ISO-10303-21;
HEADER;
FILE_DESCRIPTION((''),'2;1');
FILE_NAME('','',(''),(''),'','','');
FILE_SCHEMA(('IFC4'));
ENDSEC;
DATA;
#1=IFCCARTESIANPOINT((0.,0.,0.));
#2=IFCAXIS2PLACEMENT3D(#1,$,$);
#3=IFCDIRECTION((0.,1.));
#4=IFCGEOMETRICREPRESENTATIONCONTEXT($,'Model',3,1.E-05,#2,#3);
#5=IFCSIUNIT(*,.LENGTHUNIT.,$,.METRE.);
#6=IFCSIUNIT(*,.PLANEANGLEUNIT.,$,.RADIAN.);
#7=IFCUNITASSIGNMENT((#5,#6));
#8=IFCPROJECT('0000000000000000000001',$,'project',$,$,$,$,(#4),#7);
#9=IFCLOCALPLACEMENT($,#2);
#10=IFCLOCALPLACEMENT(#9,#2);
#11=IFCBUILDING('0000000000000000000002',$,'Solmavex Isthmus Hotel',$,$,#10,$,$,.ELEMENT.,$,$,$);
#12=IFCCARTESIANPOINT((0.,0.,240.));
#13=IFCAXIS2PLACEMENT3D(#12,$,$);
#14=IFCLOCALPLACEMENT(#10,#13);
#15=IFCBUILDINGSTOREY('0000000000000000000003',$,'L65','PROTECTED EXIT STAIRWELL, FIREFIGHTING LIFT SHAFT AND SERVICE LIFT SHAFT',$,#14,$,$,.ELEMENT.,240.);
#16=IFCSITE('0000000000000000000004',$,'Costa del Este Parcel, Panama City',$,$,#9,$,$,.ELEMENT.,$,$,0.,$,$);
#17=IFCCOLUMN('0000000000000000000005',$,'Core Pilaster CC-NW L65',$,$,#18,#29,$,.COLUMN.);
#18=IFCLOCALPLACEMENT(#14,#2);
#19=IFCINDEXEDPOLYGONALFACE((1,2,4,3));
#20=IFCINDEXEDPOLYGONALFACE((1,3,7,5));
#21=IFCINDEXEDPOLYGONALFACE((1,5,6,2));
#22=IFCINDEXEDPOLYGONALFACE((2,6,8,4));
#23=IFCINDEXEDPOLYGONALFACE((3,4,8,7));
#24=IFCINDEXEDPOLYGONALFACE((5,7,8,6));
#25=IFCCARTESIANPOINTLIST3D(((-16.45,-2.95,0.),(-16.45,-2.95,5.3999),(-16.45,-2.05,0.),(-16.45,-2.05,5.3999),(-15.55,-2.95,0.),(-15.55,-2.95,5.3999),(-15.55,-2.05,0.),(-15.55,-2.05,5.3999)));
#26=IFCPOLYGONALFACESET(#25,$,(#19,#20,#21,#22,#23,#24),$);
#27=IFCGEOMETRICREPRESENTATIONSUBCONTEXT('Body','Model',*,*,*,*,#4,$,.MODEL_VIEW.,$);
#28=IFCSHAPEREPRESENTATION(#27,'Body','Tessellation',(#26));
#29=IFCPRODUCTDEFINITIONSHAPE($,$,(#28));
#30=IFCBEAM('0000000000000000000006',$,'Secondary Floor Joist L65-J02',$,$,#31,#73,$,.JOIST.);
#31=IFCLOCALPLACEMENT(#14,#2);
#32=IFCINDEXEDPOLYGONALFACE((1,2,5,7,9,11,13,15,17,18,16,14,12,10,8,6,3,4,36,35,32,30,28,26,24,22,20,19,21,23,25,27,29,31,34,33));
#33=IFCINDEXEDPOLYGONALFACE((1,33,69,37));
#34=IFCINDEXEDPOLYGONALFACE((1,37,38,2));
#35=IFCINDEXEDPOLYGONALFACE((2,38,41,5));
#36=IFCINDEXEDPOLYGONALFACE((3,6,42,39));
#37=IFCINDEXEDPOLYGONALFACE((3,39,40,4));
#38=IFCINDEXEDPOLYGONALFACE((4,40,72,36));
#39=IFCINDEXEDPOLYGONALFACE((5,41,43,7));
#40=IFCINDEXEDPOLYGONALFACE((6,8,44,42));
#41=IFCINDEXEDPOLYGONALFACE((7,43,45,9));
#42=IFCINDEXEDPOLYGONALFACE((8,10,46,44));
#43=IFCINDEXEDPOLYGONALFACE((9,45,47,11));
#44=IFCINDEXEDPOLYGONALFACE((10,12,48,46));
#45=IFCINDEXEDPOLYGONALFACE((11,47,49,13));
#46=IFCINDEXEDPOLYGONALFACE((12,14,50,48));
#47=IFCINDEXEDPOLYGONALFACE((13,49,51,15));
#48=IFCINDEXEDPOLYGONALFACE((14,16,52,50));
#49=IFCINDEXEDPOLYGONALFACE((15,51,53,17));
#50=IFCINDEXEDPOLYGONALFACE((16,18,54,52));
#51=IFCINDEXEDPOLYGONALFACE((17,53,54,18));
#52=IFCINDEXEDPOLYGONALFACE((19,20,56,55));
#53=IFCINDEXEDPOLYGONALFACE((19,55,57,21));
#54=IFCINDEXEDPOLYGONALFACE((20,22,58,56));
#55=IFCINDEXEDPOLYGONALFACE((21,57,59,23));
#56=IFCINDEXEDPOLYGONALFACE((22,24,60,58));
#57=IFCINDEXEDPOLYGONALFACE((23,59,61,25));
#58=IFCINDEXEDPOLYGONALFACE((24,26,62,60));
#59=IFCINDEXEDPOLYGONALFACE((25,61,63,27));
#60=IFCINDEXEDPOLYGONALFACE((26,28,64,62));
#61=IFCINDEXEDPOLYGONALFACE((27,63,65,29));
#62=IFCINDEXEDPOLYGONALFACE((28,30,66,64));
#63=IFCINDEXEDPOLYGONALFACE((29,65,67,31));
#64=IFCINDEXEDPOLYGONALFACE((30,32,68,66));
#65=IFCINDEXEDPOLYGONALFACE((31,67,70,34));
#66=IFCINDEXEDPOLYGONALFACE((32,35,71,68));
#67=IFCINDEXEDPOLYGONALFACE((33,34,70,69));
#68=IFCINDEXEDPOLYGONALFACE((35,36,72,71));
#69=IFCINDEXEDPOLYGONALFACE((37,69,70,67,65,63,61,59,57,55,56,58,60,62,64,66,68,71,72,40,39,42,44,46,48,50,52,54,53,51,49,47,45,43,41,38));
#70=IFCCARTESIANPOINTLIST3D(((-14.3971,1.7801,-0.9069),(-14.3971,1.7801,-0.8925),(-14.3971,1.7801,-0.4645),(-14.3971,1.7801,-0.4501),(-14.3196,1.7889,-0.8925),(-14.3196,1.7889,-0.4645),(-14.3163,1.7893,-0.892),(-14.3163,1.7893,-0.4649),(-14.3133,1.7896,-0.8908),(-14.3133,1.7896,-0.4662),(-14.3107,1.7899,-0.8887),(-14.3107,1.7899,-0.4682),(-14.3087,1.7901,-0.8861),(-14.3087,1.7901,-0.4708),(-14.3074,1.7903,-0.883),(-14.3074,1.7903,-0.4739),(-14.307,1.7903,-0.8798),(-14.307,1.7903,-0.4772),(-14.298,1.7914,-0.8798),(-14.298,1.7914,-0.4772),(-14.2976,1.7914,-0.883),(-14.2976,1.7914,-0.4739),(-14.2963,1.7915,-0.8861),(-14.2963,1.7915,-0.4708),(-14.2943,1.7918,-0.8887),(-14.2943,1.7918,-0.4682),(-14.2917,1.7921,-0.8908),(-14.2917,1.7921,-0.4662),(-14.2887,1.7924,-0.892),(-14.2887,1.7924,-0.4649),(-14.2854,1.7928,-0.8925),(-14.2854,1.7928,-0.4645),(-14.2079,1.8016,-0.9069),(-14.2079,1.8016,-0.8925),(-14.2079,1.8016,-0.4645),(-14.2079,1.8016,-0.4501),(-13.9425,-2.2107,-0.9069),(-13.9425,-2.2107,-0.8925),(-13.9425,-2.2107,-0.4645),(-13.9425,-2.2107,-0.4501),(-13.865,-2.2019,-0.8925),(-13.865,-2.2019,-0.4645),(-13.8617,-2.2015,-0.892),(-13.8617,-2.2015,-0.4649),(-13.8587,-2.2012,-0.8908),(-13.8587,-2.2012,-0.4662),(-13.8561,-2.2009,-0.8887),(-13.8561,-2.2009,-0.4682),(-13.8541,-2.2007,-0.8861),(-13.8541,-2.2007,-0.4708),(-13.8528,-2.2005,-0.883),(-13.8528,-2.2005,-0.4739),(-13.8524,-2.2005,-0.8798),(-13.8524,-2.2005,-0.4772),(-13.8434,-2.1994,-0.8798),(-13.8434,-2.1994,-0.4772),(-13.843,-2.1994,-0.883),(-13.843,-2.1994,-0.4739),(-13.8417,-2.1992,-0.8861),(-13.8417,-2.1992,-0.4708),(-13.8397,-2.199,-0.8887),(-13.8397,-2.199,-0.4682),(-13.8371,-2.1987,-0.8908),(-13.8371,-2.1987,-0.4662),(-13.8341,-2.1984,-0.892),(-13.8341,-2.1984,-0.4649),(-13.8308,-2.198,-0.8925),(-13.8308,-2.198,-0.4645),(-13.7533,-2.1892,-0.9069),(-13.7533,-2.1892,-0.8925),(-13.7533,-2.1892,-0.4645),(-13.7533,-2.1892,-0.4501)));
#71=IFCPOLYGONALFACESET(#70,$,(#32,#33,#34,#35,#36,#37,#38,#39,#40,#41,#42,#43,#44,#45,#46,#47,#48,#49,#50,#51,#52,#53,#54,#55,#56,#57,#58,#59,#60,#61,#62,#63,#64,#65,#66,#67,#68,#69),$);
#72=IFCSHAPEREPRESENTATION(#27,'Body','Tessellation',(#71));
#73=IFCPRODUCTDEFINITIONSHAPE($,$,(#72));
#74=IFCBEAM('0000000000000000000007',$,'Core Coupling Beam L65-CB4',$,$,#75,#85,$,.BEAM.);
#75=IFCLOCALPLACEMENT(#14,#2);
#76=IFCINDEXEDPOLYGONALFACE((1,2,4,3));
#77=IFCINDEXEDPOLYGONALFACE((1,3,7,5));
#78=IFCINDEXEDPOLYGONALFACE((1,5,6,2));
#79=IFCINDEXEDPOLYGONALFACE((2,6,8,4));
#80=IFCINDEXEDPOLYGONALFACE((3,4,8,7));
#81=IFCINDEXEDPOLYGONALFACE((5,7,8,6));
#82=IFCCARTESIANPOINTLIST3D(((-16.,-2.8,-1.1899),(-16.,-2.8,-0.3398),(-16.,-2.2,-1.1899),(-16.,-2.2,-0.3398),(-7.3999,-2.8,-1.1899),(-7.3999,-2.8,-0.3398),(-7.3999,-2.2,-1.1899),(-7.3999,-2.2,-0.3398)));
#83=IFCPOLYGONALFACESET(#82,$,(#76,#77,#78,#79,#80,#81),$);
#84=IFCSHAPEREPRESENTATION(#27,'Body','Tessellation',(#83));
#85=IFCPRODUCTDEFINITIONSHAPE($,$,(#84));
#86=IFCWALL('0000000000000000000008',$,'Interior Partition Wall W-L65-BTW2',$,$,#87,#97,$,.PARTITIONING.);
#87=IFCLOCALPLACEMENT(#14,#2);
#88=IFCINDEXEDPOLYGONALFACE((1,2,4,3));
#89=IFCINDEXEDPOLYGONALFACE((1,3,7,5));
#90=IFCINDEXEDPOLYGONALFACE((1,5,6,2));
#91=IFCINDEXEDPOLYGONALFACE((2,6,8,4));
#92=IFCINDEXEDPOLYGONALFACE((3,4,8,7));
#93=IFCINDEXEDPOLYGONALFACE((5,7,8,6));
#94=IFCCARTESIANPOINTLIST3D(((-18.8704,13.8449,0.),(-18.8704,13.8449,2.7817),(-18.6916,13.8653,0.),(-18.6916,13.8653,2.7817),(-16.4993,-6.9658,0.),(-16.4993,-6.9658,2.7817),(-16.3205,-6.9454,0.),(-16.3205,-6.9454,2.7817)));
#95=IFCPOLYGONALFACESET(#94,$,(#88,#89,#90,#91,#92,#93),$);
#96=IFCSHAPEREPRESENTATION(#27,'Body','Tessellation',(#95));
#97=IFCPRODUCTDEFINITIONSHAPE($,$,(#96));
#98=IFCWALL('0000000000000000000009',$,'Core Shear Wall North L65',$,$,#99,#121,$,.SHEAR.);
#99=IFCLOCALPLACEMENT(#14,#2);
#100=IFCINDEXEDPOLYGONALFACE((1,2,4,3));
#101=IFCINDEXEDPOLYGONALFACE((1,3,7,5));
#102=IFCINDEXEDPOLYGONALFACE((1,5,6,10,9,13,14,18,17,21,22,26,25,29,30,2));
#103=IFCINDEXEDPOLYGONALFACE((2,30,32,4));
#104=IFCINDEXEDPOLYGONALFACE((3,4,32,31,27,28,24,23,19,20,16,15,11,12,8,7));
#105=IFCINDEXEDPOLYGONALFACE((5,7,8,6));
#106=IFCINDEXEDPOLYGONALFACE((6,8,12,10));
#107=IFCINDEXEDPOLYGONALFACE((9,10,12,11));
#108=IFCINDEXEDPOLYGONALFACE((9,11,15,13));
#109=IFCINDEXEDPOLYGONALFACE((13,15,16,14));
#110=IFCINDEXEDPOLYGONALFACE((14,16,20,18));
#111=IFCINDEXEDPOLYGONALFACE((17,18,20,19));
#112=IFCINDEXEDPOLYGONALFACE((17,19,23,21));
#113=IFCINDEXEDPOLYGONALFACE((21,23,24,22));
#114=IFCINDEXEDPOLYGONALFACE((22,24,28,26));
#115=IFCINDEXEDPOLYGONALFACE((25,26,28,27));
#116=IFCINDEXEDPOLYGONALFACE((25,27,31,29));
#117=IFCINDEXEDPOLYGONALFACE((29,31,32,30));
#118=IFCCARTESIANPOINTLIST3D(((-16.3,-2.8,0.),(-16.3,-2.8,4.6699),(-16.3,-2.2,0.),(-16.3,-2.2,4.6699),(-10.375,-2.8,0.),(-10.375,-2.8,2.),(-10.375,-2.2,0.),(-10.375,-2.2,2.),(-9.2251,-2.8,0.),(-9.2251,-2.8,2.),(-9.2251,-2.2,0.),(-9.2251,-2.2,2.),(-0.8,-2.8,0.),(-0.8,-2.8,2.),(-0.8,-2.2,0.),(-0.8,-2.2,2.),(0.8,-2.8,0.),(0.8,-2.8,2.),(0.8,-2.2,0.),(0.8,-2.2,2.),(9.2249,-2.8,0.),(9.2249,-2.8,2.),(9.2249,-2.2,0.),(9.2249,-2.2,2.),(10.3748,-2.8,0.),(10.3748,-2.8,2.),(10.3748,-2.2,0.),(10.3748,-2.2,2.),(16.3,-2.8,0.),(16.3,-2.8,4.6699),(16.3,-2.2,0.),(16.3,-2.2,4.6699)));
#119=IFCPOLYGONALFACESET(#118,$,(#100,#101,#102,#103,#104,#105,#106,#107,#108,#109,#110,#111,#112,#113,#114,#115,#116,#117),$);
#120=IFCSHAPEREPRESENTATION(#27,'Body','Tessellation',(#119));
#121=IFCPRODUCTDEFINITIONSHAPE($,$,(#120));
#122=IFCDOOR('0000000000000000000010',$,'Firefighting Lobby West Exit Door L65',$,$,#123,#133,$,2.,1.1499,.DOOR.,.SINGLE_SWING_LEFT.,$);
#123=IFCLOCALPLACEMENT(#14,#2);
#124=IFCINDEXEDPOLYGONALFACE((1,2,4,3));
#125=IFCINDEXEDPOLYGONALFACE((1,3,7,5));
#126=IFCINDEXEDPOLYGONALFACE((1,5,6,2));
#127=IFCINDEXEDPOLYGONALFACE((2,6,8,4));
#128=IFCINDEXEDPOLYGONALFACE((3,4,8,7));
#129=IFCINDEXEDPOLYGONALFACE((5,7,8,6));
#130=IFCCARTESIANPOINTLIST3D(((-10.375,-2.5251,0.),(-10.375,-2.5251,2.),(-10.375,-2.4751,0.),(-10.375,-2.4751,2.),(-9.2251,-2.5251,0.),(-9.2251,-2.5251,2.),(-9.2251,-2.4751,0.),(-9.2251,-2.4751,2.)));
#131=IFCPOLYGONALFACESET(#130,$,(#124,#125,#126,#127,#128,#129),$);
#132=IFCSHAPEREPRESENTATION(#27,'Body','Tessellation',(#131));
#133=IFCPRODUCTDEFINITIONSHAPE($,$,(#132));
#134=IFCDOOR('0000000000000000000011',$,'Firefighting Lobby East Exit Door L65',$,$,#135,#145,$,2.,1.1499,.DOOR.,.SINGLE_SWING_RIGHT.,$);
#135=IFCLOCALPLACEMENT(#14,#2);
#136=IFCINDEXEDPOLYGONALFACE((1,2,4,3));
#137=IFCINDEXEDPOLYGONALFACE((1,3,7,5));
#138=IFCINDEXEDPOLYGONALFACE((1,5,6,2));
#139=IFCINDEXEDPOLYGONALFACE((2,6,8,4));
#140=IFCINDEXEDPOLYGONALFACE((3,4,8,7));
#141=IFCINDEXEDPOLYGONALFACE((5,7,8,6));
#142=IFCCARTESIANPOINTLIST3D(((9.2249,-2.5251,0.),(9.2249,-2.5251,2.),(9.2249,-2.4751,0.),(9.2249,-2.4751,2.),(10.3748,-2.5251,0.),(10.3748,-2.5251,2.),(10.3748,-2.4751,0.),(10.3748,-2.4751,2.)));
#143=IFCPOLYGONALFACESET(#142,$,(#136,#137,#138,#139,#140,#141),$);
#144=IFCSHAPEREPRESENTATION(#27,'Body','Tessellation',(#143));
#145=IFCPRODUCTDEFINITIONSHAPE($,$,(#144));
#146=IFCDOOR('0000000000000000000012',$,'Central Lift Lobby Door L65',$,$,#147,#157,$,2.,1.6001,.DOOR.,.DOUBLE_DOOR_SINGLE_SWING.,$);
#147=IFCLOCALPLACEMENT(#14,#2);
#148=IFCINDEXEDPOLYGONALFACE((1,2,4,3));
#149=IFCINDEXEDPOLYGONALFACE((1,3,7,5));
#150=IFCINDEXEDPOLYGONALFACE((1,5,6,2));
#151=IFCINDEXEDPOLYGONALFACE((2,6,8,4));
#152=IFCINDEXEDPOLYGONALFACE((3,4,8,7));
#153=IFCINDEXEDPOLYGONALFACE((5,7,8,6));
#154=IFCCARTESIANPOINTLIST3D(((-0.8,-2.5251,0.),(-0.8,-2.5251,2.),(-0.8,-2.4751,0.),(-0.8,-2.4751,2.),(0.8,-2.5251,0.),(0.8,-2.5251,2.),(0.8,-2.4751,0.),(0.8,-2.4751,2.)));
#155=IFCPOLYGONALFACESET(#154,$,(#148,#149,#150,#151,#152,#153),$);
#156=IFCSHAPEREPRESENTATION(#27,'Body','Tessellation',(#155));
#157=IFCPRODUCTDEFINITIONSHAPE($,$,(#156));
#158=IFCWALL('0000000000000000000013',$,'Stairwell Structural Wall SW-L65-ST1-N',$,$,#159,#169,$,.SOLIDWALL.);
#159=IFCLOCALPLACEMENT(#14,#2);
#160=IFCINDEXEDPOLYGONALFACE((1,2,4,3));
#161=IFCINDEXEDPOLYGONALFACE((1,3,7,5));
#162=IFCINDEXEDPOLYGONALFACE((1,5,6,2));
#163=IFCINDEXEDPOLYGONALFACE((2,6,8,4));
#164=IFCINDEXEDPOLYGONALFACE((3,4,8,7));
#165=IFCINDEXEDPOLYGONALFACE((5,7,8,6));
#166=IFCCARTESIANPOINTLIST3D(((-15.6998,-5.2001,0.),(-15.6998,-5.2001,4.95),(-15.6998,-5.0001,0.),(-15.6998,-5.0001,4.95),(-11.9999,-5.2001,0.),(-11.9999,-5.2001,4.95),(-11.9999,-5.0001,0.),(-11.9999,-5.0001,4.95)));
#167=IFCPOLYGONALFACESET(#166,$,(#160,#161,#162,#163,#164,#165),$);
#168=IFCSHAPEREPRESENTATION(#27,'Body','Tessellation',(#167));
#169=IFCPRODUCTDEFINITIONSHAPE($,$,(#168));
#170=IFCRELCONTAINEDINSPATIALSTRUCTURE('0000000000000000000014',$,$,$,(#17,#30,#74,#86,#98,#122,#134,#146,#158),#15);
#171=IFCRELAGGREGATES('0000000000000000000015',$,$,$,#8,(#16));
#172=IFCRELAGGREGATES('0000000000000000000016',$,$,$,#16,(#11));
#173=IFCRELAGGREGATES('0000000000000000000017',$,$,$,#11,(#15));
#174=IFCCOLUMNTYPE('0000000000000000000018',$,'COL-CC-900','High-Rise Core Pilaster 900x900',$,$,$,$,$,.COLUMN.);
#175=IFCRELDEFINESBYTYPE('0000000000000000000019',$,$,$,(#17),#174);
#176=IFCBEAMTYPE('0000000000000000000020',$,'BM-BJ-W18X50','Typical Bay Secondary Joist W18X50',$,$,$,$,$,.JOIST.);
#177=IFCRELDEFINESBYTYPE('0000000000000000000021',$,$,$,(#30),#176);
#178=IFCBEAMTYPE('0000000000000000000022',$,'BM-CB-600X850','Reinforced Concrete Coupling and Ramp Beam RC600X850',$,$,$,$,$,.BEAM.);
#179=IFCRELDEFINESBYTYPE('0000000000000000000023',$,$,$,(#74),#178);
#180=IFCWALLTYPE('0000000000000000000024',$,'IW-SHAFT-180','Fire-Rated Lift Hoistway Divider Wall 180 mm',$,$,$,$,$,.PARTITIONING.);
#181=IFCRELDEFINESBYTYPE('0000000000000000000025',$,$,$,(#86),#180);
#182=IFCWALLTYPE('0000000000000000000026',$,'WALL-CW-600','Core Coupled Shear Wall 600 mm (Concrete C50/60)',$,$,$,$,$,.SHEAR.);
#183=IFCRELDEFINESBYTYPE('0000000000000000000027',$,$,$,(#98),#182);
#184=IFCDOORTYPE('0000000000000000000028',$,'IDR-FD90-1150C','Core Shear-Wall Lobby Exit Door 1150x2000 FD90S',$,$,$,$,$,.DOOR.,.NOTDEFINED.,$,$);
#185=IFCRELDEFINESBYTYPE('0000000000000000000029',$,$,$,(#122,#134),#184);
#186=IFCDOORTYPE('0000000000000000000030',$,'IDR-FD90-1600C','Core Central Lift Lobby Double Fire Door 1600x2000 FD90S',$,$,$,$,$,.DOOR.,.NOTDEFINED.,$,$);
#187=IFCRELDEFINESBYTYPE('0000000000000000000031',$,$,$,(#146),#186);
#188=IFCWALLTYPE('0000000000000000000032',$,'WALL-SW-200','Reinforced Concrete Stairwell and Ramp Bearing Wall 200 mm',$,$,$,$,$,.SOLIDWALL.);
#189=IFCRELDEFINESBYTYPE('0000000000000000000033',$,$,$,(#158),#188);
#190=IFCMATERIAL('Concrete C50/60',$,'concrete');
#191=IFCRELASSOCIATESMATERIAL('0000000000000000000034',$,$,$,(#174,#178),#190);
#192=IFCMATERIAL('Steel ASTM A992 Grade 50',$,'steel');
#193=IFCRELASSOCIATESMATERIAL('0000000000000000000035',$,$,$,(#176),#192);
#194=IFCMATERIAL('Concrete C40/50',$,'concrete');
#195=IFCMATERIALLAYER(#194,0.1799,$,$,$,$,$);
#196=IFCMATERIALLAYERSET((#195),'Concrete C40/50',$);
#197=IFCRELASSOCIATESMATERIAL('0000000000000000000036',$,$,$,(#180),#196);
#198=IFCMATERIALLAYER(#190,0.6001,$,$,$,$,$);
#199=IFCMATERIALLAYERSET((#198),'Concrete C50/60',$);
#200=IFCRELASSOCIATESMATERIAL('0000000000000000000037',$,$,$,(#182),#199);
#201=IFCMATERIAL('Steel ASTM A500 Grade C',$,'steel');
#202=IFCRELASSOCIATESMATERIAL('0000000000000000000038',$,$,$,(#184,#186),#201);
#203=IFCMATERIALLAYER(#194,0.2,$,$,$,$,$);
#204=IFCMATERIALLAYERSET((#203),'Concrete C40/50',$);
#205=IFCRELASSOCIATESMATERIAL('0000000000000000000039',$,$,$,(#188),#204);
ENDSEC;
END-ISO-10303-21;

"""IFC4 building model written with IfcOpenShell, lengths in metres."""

from ifc_helpers import new_model, si_unit, direction, frame, frame_2d, origin, origin_2d, place, context, subcontext, project, spatial, rectangle, i_section, extrude, material, layer, layer_set, material_profile, profile_set, type_object, element, fill, save


model = new_model("IFC4")

# Units and contexts
model_context = context("Model", 3, precision=1e-05, world=origin(), true_north=direction((0.0, 1.0)))
body_context = subcontext(model_context, "Body", "Model", "MODEL_VIEW")
ifc_project = project(units=[si_unit("LENGTHUNIT", "METRE"), si_unit("PLANEANGLEUNIT", "RADIAN")], contexts=[model_context])

# Site, building, storey
site_placement = place(None, origin())
site = spatial("IfcSite", under=ifc_project, at=site_placement, Name="Costa del Este Parcel, Panama City", CompositionType="ELEMENT", RefElevation=0.0)
building_placement = place(site_placement, origin())
building = spatial("IfcBuilding", under=site, at=building_placement, Name="Solmavex Isthmus Hotel", CompositionType="ELEMENT")
storey_placement = place(building_placement, frame((0.0, 0.0, 240.0)))
storey = spatial("IfcBuildingStorey", under=building, at=storey_placement, Name="L65", Description="PROTECTED EXIT STAIRWELL, FIREFIGHTING LIFT SHAFT AND SERVICE LIFT SHAFT", CompositionType="ELEMENT", Elevation=240.0)

# Column
ifc_material_1 = material(Name="Concrete C50/60", Category="concrete")
ifc_material_profile_1 = material_profile(ifc_material_1, rectangle(XDim=0.8999, YDim=0.8999, at=origin_2d()), Name="RC900X900")
ifc_profile_set_1 = profile_set([ifc_material_profile_1], Name="Concrete C50/60")
column_type = type_object("IfcColumnType", Name="COL-CC-900", Description="High-Rise Core Pilaster 900x900", PredefinedType="COLUMN", material=ifc_profile_set_1)
column_placement = place(storey_placement, frame((-16.0, -2.5, 0.0), z_axis=(0.0, 0.0, 1.0), x_axis=(1.0, 0.0, 0.0)))
element("IfcColumn", 1, at=column_placement, inside=storey, type_object=column_type, Name="Core Pilaster CC-NW L65", PredefinedType="COLUMN", context=body_context, shape_type="SweptSolid", body=[
    extrude(rectangle(XDim=0.8999, YDim=0.8999, at=origin_2d()), origin(), (0.0, 0.0, 1.0), 5.3999),
])

# Beams
ifc_material_2 = material(Name="Steel ASTM A992 Grade 50", Category="steel")
ifc_material_profile_2 = material_profile(ifc_material_2, i_section(OverallWidth=0.1904, OverallDepth=0.4568, WebThickness=0.009, FlangeThickness=0.0144, FilletRadius=0.0127, at=origin_2d()), Name="W18X50")
ifc_profile_set_2 = profile_set([ifc_material_profile_2], Name="Steel ASTM A992 Grade 50")
beam_type_1 = type_object("IfcBeamType", Name="BM-BJ-W18X50", Description="Typical Bay Secondary Joist W18X50", PredefinedType="JOIST", material=ifc_profile_set_2)
beam_1_placement = place(storey_placement, frame((-13.8479, -2.2, -0.6785), z_axis=(-0.11318, 0.993575, 0.0), x_axis=(-0.993575, -0.11318, 0.0)))
element("IfcBeam", 2, at=beam_1_placement, inside=storey, type_object=beam_type_1, Name="Secondary Floor Joist L65-J02", PredefinedType="JOIST", context=body_context, shape_type="SweptSolid", body=[
    extrude(i_section(OverallWidth=0.1904, OverallDepth=0.4568, WebThickness=0.009, FlangeThickness=0.0144, FilletRadius=0.0127, at=origin_2d()), origin(), (0.0, 0.0, 1.0), 4.0166),
])
ifc_material_profile_3 = material_profile(ifc_material_1, rectangle(XDim=0.6001, YDim=0.8501, at=origin_2d()), Name="RC600X850")
ifc_profile_set_3 = profile_set([ifc_material_profile_3], Name="Concrete C50/60")
beam_type_2 = type_object("IfcBeamType", Name="BM-CB-600X850", Description="Reinforced Concrete Coupling and Ramp Beam RC600X850", PredefinedType="BEAM", material=ifc_profile_set_3)
beam_2_placement = place(storey_placement, frame((-16.0, -2.5, -0.7649), z_axis=(1.0, 0.0, 0.0), x_axis=(0.0, 1.0, 0.0)))
element("IfcBeam", 3, at=beam_2_placement, inside=storey, type_object=beam_type_2, Name="Core Coupling Beam L65-CB4", PredefinedType="BEAM", context=body_context, shape_type="SweptSolid", body=[
    extrude(rectangle(XDim=0.6001, YDim=0.8501, at=origin_2d()), origin(), (0.0, 0.0, 1.0), 8.6001),
])

# Wall
ifc_material_3 = material(Name="Concrete C40/50", Category="concrete")
ifc_layer_1 = layer(ifc_material_3, 0.1799)
ifc_layer_set_1 = layer_set([ifc_layer_1], Name="Concrete C40/50")
wall_type_1 = type_object("IfcWallType", Name="IW-SHAFT-180", Description="Fire-Rated Lift Hoistway Divider Wall 180 mm", PredefinedType="PARTITIONING", material=ifc_layer_set_1)
wall_1_placement = place(storey_placement, frame((-16.4099, -6.9556, 0.0), z_axis=(0.0, 0.0, 1.0), x_axis=(-0.113203, 0.993572, 0.0)))
element("IfcWall", 4, at=wall_1_placement, inside=storey, type_object=wall_type_1, Name="Interior Partition Wall W-L65-BTW2", PredefinedType="PARTITIONING", context=body_context, shape_type="SweptSolid", body=[
    extrude(rectangle(XDim=20.9453, YDim=0.1799, at=frame_2d((10.4727, 0.0))), origin(), (0.0, 0.0, 1.0), 2.7817),
])

# Wall, openings, doors
ifc_material_4 = material(Name="Steel ASTM A500 Grade C", Category="steel")
ifc_layer_2 = layer(ifc_material_1, 0.6001)
ifc_layer_set_2 = layer_set([ifc_layer_2], Name="Concrete C50/60")
wall_type_2 = type_object("IfcWallType", Name="WALL-CW-600", Description="Core Coupled Shear Wall 600 mm (Concrete C50/60)", PredefinedType="SHEAR", material=ifc_layer_set_2)
wall_2_placement = place(storey_placement, frame((-16.3, -2.5, 0.0), z_axis=(0.0, 0.0, 1.0), x_axis=(1.0, 0.0, 0.0)))
wall_2 = element("IfcWall", 5, at=wall_2_placement, inside=storey, type_object=wall_type_2, Name="Core Shear Wall North L65", PredefinedType="SHEAR", context=body_context, shape_type="SweptSolid", body=[
    extrude(rectangle(XDim=32.6001, YDim=0.6001, at=frame_2d((16.3, 0.0))), origin(), (0.0, 0.0, 1.0), 4.6699),
])
opening_1_placement = place(wall_2_placement, frame((5.925, 0.0, 0.0)))
opening_1 = element("IfcOpeningElement", 6, at=opening_1_placement, cuts=wall_2, PredefinedType="OPENING", context=body_context, shape_type="SweptSolid", body=[
    extrude(rectangle(XDim=1.1499, YDim=2.0, at=frame_2d((0.575, 1.0))), frame((0.0, 0.3101, 0.0), z_axis=(0.0, -1.0, 0.0), x_axis=(1.0, 0.0, 0.0)), (0.0, 0.0, 1.0), 0.6201),
])
opening_2_placement = place(wall_2_placement, frame((15.5, 0.0, 0.0)))
opening_2 = element("IfcOpeningElement", 7, at=opening_2_placement, cuts=wall_2, PredefinedType="OPENING", context=body_context, shape_type="SweptSolid", body=[
    extrude(rectangle(XDim=1.6001, YDim=2.0, at=frame_2d((0.8, 1.0))), frame((0.0, 0.3101, 0.0), z_axis=(0.0, -1.0, 0.0), x_axis=(1.0, 0.0, 0.0)), (0.0, 0.0, 1.0), 0.6201),
])
opening_3_placement = place(wall_2_placement, frame((25.5249, 0.0, 0.0)))
opening_3 = element("IfcOpeningElement", 8, at=opening_3_placement, cuts=wall_2, PredefinedType="OPENING", context=body_context, shape_type="SweptSolid", body=[
    extrude(rectangle(XDim=1.1499, YDim=2.0, at=frame_2d((0.575, 1.0))), frame((0.0, 0.3101, 0.0), z_axis=(0.0, -1.0, 0.0), x_axis=(1.0, 0.0, 0.0)), (0.0, 0.0, 1.0), 0.6201),
])
door_type_1 = type_object("IfcDoorType", Name="IDR-FD90-1150C", Description="Core Shear-Wall Lobby Exit Door 1150x2000 FD90S", OperationType="NOTDEFINED", PredefinedType="DOOR", material=ifc_material_4)
door_1_placement = place(opening_1_placement, origin())
door_1 = element("IfcDoor", 9, at=door_1_placement, inside=storey, type_object=door_type_1, Name="Firefighting Lobby West Exit Door L65", OperationType="SINGLE_SWING_LEFT", OverallHeight=2.0, OverallWidth=1.1499, PredefinedType="DOOR", context=body_context, shape_type="SweptSolid", body=[
    extrude(rectangle(XDim=1.1499, YDim=2.0, at=frame_2d((0.575, 1.0))), frame((0.0, 0.0249, 0.0), z_axis=(0.0, -1.0, 0.0), x_axis=(1.0, 0.0, 0.0)), (0.0, 0.0, 1.0), 0.05),
])
fill(opening_1, door_1)
door_2_placement = place(opening_3_placement, origin())
door_2 = element("IfcDoor", 10, at=door_2_placement, inside=storey, type_object=door_type_1, Name="Firefighting Lobby East Exit Door L65", OperationType="SINGLE_SWING_RIGHT", OverallHeight=2.0, OverallWidth=1.1499, PredefinedType="DOOR", context=body_context, shape_type="SweptSolid", body=[
    extrude(rectangle(XDim=1.1499, YDim=2.0, at=frame_2d((0.575, 1.0))), frame((0.0, 0.0249, 0.0), z_axis=(0.0, -1.0, 0.0), x_axis=(1.0, 0.0, 0.0)), (0.0, 0.0, 1.0), 0.05),
])
fill(opening_3, door_2)
door_type_2 = type_object("IfcDoorType", Name="IDR-FD90-1600C", Description="Core Central Lift Lobby Double Fire Door 1600x2000 FD90S", OperationType="NOTDEFINED", PredefinedType="DOOR", material=ifc_material_4)
door_3_placement = place(opening_2_placement, origin())
door_3 = element("IfcDoor", 11, at=door_3_placement, inside=storey, type_object=door_type_2, Name="Central Lift Lobby Door L65", OperationType="DOUBLE_DOOR_SINGLE_SWING", OverallHeight=2.0, OverallWidth=1.6001, PredefinedType="DOOR", context=body_context, shape_type="SweptSolid", body=[
    extrude(rectangle(XDim=1.6001, YDim=2.0, at=frame_2d((0.8, 1.0))), frame((0.0, 0.0249, 0.0), z_axis=(0.0, -1.0, 0.0), x_axis=(1.0, 0.0, 0.0)), (0.0, 0.0, 1.0), 0.05),
])
fill(opening_2, door_3)

# Wall
ifc_layer_3 = layer(ifc_material_3, 0.2)
ifc_layer_set_3 = layer_set([ifc_layer_3], Name="Concrete C40/50")
wall_type_3 = type_object("IfcWallType", Name="WALL-SW-200", Description="Reinforced Concrete Stairwell and Ramp Bearing Wall 200 mm", PredefinedType="SOLIDWALL", material=ifc_layer_set_3)
wall_3_placement = place(storey_placement, frame((-15.7, -5.1001, 0.0), z_axis=(0.0, 0.0, 1.0), x_axis=(1.0, 0.0, 0.0)))
element("IfcWall", 12, at=wall_3_placement, inside=storey, type_object=wall_type_3, Name="Stairwell Structural Wall SW-L65-ST1-N", PredefinedType="SOLIDWALL", context=body_context, shape_type="SweptSolid", body=[
    extrude(rectangle(XDim=3.7, YDim=0.2, at=frame_2d((1.8501, 0.0))), origin(), (0.0, 0.0, 1.0), 4.95),
])

save(model, "model.ifc")
